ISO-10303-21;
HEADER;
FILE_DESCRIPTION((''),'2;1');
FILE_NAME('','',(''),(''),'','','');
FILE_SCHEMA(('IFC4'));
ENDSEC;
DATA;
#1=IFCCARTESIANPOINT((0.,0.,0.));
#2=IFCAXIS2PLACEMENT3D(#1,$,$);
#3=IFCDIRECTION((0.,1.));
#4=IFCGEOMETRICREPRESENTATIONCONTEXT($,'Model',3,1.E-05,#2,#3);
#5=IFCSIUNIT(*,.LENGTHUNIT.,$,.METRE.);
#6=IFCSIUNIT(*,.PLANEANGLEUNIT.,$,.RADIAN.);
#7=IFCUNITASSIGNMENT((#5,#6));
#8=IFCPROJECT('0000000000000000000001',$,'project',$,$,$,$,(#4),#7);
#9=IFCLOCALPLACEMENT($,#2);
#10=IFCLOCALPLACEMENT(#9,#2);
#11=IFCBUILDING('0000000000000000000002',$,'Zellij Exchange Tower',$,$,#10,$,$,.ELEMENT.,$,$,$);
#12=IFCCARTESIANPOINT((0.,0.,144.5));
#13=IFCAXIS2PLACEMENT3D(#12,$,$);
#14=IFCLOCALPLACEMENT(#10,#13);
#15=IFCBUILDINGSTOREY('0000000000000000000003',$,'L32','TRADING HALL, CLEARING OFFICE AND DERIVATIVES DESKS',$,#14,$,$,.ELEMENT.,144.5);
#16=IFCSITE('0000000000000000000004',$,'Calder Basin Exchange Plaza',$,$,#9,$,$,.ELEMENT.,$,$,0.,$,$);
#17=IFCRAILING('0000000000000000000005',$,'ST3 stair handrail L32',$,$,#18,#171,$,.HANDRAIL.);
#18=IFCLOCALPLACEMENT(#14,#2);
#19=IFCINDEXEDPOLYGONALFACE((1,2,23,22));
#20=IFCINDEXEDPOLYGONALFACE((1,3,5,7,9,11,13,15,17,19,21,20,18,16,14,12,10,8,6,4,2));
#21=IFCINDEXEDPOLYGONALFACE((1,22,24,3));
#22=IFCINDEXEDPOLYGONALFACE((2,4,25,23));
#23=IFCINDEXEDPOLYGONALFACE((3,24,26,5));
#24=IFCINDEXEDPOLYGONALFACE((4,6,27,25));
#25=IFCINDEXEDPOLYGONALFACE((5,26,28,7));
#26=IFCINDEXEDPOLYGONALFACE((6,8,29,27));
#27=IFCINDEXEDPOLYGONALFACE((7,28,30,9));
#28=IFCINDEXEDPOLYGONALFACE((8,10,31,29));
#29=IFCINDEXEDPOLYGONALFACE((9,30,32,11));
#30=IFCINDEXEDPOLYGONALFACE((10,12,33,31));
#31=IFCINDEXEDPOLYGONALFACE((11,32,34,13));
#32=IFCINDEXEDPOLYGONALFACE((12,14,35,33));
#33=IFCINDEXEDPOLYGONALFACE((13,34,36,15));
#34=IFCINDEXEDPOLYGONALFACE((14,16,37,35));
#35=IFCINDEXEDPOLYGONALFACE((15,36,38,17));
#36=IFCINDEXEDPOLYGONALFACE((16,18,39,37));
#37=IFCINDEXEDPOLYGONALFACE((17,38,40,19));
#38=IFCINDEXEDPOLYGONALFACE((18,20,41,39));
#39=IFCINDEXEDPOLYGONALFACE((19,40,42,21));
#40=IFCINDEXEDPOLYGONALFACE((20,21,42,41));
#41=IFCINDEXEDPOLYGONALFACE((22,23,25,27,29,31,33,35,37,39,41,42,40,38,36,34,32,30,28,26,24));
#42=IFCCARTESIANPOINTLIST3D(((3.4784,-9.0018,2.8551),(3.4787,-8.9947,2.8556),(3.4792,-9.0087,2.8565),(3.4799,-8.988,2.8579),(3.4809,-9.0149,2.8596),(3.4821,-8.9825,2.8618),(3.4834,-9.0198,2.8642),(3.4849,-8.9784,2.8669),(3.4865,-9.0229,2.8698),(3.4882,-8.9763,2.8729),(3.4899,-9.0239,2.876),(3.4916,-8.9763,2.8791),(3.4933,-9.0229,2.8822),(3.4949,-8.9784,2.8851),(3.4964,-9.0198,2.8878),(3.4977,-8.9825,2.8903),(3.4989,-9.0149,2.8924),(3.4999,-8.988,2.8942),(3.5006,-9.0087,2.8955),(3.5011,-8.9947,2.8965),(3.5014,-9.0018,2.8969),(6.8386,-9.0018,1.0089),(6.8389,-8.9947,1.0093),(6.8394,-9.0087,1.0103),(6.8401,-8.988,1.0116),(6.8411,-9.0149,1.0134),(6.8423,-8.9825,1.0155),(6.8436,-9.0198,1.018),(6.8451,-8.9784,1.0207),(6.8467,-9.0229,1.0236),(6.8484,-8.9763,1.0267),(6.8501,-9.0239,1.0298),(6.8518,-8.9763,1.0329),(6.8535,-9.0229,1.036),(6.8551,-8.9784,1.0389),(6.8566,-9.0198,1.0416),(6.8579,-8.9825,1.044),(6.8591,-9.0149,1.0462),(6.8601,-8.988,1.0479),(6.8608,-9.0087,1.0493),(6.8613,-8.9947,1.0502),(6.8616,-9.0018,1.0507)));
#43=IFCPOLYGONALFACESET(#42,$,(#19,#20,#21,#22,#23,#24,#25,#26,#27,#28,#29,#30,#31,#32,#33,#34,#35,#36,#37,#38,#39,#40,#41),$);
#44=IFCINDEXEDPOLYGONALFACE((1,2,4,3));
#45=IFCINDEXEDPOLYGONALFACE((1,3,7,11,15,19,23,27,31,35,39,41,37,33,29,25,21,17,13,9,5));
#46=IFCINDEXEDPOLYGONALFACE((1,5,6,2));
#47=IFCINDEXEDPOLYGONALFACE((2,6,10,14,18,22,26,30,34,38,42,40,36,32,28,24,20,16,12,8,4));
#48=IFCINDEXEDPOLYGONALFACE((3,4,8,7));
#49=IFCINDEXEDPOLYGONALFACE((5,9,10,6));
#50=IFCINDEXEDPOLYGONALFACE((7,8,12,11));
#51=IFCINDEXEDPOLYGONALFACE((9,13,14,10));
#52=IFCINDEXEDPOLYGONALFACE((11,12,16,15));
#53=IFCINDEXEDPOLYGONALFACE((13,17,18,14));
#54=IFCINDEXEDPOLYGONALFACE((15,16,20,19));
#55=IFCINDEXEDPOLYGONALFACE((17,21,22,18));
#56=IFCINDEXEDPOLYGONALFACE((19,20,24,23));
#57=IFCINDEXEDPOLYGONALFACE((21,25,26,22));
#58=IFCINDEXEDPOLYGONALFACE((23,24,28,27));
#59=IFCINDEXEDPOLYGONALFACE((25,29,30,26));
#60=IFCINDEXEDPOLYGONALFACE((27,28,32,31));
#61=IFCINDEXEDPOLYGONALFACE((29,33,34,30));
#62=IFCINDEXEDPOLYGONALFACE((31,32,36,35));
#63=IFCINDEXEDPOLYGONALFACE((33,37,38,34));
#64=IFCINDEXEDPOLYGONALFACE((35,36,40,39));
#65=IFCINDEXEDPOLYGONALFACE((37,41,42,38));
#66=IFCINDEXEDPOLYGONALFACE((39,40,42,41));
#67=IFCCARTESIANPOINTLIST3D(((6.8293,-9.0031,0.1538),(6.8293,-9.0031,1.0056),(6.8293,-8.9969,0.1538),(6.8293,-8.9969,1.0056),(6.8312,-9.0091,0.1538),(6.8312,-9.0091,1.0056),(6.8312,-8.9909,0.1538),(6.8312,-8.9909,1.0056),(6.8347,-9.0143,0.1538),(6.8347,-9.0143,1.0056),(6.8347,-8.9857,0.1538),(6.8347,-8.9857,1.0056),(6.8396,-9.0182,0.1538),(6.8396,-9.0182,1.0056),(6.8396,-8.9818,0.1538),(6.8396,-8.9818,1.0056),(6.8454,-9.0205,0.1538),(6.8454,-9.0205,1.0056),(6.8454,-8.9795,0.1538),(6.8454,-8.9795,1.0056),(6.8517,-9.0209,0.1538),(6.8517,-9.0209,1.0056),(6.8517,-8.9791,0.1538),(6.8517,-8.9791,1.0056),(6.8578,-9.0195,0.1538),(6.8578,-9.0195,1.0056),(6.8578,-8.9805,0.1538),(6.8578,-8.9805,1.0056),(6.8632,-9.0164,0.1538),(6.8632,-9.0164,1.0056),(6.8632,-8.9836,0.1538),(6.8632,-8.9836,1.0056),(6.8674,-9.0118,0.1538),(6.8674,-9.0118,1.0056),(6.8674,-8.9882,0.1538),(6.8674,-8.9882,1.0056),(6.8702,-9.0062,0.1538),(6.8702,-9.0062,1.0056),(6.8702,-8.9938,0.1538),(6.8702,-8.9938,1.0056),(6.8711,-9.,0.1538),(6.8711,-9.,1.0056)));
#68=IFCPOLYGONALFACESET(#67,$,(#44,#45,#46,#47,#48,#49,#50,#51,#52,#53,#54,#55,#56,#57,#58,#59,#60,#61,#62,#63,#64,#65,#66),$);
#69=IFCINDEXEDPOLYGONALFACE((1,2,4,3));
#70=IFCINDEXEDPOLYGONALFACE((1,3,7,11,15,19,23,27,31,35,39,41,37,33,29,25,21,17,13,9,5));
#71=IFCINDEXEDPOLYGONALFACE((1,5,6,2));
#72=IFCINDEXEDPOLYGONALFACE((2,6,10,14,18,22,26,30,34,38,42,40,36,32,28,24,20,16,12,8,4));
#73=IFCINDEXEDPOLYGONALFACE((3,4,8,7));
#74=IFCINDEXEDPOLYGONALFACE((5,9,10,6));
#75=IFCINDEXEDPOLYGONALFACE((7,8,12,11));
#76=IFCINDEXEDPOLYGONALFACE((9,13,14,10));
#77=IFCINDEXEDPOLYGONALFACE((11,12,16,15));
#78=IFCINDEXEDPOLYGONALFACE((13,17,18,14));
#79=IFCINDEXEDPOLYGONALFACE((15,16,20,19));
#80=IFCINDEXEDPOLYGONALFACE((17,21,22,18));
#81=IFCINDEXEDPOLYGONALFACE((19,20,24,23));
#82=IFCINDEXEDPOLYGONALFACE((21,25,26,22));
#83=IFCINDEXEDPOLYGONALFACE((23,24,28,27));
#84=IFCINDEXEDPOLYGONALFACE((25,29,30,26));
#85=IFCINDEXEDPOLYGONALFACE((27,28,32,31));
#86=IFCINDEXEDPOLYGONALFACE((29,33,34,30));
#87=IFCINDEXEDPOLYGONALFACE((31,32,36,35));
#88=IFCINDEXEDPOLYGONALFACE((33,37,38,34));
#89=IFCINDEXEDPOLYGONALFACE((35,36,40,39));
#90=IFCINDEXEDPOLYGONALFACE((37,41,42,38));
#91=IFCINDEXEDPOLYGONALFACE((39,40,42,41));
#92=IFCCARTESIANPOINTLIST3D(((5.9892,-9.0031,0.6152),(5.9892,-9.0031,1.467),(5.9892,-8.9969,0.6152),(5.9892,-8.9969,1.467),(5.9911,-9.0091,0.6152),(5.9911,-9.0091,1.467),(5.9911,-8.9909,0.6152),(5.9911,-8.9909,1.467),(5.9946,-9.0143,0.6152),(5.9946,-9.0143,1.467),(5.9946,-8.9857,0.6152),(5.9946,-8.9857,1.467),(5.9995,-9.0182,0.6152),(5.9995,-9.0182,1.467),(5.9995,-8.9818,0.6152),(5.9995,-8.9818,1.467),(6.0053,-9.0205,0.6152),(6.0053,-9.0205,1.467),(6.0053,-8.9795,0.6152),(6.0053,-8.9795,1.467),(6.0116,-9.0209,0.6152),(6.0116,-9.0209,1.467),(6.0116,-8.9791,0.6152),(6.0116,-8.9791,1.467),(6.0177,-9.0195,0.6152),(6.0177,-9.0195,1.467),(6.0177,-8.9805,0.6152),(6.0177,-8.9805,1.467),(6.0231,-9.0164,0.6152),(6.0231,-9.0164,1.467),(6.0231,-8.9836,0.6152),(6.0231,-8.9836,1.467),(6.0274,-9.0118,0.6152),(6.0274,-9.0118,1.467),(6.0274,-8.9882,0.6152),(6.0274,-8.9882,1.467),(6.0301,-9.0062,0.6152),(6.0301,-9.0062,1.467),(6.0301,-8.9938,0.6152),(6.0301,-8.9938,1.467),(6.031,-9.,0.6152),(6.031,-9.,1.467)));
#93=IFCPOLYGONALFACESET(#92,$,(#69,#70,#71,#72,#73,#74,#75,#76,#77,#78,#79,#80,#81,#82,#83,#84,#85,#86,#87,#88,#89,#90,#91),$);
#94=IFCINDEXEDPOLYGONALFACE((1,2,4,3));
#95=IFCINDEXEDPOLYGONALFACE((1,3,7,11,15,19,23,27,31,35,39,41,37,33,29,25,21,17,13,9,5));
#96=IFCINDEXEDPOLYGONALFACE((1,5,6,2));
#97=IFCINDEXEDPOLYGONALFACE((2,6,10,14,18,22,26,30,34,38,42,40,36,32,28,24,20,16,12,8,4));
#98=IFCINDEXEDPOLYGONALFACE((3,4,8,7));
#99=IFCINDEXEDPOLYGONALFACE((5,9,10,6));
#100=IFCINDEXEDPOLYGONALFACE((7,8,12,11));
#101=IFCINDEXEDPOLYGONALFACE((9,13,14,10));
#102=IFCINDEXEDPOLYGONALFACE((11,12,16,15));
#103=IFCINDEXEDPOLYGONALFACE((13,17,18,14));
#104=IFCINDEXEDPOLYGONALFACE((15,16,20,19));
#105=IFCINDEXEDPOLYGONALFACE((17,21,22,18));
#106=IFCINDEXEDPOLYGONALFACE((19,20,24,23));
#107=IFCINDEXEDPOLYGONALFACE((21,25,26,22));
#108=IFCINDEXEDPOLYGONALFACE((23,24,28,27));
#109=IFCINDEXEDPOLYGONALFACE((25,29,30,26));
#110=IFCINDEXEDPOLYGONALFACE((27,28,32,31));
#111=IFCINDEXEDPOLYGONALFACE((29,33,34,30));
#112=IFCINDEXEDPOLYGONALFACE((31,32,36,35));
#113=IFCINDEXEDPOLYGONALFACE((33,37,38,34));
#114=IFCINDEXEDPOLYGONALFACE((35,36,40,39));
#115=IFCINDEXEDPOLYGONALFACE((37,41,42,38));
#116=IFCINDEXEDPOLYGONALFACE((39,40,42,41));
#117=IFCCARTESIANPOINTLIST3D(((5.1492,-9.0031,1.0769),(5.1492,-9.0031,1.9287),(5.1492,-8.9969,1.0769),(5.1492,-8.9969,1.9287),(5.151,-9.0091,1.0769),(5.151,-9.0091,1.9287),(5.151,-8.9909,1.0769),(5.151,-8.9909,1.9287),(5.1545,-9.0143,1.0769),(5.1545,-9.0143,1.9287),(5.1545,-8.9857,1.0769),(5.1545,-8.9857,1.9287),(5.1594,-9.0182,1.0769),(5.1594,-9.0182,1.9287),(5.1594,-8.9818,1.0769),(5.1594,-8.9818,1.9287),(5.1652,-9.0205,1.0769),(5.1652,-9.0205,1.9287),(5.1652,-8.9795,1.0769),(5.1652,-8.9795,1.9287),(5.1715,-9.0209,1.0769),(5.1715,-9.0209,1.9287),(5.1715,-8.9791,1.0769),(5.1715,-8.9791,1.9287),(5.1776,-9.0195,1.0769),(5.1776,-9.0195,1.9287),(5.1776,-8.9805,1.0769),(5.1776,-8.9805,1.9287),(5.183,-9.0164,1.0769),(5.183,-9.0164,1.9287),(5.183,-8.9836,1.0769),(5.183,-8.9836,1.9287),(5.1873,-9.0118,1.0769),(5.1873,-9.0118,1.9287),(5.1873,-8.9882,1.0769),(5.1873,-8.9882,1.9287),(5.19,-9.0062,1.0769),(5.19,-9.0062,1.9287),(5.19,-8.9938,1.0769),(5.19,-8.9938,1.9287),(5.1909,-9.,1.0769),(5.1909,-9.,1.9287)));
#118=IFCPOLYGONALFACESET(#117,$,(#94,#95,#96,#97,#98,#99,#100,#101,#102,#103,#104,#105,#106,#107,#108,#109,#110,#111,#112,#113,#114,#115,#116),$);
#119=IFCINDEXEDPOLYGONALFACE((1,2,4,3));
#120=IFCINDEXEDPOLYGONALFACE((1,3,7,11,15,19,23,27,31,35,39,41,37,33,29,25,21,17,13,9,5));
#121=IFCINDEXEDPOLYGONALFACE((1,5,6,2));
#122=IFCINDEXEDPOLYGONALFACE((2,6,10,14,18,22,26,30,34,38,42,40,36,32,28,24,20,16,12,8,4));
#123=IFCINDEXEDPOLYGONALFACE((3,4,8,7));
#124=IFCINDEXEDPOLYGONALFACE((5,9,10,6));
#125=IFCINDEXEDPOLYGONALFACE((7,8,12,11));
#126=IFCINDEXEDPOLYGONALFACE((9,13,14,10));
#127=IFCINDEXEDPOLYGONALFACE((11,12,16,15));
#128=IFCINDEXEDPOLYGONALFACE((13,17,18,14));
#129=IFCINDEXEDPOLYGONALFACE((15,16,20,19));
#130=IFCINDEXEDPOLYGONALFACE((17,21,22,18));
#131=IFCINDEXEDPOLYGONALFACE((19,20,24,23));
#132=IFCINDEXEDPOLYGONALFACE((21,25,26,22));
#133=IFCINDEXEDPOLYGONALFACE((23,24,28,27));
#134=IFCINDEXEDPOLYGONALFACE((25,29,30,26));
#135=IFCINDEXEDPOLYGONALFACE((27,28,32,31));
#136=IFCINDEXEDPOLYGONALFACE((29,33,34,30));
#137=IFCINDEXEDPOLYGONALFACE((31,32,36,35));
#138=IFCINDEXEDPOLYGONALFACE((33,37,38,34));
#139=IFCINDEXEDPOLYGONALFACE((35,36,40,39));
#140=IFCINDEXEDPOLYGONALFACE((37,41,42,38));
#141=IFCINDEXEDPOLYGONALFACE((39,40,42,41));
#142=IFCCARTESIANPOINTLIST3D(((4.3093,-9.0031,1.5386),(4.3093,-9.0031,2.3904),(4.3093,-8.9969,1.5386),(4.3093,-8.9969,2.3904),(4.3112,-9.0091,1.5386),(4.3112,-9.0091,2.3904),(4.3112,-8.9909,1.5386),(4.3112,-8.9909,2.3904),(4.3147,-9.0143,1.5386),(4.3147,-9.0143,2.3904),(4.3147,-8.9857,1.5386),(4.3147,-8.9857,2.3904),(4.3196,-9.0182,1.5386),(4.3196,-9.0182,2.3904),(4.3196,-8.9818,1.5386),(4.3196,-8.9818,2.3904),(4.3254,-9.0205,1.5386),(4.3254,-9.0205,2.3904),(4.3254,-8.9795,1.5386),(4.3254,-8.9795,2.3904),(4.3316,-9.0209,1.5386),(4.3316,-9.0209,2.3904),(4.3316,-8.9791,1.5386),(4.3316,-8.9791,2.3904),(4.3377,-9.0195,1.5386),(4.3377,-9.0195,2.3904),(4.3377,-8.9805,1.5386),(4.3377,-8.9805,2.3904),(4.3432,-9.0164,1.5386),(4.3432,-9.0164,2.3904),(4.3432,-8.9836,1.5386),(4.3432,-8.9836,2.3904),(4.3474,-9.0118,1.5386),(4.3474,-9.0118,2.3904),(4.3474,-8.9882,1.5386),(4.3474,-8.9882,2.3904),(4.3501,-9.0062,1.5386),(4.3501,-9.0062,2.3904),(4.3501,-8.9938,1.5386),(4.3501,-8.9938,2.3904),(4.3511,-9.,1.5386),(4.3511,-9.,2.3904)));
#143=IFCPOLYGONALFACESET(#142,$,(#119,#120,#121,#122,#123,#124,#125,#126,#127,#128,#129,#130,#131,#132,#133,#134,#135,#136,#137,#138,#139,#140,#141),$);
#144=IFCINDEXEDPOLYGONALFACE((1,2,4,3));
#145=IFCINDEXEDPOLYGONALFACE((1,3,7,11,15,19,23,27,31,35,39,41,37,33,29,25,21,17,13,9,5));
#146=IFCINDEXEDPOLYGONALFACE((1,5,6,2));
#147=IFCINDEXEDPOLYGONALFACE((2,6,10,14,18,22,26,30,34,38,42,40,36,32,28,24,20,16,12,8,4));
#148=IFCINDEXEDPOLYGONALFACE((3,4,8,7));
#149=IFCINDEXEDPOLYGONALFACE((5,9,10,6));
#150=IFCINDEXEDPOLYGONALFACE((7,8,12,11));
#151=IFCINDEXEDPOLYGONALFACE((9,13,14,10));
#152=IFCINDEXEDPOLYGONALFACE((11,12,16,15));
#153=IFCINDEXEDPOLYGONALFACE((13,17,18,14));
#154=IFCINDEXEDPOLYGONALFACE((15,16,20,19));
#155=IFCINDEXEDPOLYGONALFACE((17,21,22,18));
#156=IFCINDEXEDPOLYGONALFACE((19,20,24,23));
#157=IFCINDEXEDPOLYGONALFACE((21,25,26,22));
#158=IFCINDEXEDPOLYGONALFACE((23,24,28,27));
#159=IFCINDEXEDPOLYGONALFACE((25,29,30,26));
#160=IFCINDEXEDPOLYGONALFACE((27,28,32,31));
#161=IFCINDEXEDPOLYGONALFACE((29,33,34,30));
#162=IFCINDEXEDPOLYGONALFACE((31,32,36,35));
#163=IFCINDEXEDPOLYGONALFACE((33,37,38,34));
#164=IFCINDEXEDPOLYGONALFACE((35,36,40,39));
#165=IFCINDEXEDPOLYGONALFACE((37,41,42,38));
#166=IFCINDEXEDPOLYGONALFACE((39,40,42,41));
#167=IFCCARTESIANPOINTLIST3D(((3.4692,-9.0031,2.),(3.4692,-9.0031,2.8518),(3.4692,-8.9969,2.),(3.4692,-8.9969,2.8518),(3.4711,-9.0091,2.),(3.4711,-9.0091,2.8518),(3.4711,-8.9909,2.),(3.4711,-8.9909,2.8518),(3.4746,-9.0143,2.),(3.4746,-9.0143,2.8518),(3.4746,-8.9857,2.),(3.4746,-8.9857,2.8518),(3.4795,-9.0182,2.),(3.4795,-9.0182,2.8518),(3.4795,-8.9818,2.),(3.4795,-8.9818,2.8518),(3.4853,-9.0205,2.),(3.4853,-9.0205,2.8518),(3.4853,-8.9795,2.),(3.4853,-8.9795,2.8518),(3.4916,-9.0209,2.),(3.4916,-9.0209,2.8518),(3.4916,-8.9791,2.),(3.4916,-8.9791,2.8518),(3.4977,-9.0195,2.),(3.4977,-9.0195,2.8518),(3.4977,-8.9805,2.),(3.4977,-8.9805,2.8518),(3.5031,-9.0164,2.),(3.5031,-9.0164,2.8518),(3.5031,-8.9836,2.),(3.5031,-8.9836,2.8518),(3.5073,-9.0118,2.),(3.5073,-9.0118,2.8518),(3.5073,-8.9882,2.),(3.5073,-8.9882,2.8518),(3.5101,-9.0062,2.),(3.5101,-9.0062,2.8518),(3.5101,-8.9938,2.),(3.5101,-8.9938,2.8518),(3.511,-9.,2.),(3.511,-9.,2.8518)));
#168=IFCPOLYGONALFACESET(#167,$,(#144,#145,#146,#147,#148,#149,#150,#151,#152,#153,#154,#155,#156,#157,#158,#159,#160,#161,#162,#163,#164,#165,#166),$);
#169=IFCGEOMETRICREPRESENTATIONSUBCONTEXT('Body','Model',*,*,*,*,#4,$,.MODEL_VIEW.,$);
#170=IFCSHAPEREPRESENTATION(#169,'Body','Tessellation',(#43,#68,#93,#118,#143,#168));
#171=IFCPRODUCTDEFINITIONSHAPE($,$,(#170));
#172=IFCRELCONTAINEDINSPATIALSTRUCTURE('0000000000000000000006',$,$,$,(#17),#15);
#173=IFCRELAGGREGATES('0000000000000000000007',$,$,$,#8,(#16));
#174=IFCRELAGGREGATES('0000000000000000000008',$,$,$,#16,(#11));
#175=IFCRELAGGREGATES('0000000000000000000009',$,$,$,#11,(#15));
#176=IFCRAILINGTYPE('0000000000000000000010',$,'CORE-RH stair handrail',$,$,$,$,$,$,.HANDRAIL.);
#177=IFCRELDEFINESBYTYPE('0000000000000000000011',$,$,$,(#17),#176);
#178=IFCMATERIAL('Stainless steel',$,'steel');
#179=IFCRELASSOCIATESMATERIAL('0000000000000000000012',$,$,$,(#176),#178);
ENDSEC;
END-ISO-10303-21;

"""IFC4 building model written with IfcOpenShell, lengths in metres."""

from ifc_helpers import new_model, si_unit, direction, frame, origin, origin_2d, place, context, subcontext, project, spatial, circle, extrude, material, type_object, element, save


model = new_model("IFC4")

# Units and contexts
model_context = context("Model", 3, precision=1e-05, world=origin(), true_north=direction((0.0, 1.0)))
body_context = subcontext(model_context, "Body", "Model", "MODEL_VIEW")
ifc_project = project(units=[si_unit("LENGTHUNIT", "METRE"), si_unit("PLANEANGLEUNIT", "RADIAN")], contexts=[model_context])

# Site, building, storey
site_placement = place(None, origin())
site = spatial("IfcSite", under=ifc_project, at=site_placement, Name="Calder Basin Exchange Plaza", CompositionType="ELEMENT", RefElevation=0.0)
building_placement = place(site_placement, origin())
building = spatial("IfcBuilding", under=site, at=building_placement, Name="Zellij Exchange Tower", CompositionType="ELEMENT")
storey_placement = place(building_placement, frame((0.0, 0.0, 144.5)))
storey = spatial("IfcBuildingStorey", under=building, at=storey_placement, Name="L32", Description="TRADING HALL, CLEARING OFFICE AND DERIVATIVES DESKS", CompositionType="ELEMENT", Elevation=144.5)

# Railing
ifc_material_1 = material(Name="Stainless steel", Category="steel")
railing_type_1 = type_object("IfcRailingType", Name="CORE-RH stair handrail", PredefinedType="HANDRAIL", material=ifc_material_1)
railing_1_placement = place(storey_placement, frame((6.8501, -9.0, 0.1538)))
element("IfcRailing", 1, at=railing_1_placement, inside=storey, type_object=railing_type_1, Name="ST3 stair handrail L32", PredefinedType="HANDRAIL", context=body_context, shape_type="SweptSolid", body=[
    extrude(circle(Radius=0.0239, at=origin_2d()), frame((0.0, 0.0, 0.876), z_axis=(-0.876422, 0.0, 0.481545), x_axis=(0.0, -1.0, 0.0)), (0.0, 0.0, 1.0), 3.834),
    extrude(circle(Radius=0.021, at=origin_2d()), origin(), (0.0, 0.0, 1.0), 0.8518),
    extrude(circle(Radius=0.021, at=origin_2d()), frame((-0.8401, 0.0, 0.4614)), (0.0, 0.0, 1.0), 0.8518),
    extrude(circle(Radius=0.021, at=origin_2d()), frame((-1.6802, 0.0, 0.9231)), (0.0, 0.0, 1.0), 0.8518),
    extrude(circle(Radius=0.021, at=origin_2d()), frame((-2.52, 0.0, 1.3848)), (0.0, 0.0, 1.0), 0.8518),
    extrude(circle(Radius=0.021, at=origin_2d()), frame((-3.3601, 0.0, 1.8462)), (0.0, 0.0, 1.0), 0.8518),
])

save(model, "model.ifc")
